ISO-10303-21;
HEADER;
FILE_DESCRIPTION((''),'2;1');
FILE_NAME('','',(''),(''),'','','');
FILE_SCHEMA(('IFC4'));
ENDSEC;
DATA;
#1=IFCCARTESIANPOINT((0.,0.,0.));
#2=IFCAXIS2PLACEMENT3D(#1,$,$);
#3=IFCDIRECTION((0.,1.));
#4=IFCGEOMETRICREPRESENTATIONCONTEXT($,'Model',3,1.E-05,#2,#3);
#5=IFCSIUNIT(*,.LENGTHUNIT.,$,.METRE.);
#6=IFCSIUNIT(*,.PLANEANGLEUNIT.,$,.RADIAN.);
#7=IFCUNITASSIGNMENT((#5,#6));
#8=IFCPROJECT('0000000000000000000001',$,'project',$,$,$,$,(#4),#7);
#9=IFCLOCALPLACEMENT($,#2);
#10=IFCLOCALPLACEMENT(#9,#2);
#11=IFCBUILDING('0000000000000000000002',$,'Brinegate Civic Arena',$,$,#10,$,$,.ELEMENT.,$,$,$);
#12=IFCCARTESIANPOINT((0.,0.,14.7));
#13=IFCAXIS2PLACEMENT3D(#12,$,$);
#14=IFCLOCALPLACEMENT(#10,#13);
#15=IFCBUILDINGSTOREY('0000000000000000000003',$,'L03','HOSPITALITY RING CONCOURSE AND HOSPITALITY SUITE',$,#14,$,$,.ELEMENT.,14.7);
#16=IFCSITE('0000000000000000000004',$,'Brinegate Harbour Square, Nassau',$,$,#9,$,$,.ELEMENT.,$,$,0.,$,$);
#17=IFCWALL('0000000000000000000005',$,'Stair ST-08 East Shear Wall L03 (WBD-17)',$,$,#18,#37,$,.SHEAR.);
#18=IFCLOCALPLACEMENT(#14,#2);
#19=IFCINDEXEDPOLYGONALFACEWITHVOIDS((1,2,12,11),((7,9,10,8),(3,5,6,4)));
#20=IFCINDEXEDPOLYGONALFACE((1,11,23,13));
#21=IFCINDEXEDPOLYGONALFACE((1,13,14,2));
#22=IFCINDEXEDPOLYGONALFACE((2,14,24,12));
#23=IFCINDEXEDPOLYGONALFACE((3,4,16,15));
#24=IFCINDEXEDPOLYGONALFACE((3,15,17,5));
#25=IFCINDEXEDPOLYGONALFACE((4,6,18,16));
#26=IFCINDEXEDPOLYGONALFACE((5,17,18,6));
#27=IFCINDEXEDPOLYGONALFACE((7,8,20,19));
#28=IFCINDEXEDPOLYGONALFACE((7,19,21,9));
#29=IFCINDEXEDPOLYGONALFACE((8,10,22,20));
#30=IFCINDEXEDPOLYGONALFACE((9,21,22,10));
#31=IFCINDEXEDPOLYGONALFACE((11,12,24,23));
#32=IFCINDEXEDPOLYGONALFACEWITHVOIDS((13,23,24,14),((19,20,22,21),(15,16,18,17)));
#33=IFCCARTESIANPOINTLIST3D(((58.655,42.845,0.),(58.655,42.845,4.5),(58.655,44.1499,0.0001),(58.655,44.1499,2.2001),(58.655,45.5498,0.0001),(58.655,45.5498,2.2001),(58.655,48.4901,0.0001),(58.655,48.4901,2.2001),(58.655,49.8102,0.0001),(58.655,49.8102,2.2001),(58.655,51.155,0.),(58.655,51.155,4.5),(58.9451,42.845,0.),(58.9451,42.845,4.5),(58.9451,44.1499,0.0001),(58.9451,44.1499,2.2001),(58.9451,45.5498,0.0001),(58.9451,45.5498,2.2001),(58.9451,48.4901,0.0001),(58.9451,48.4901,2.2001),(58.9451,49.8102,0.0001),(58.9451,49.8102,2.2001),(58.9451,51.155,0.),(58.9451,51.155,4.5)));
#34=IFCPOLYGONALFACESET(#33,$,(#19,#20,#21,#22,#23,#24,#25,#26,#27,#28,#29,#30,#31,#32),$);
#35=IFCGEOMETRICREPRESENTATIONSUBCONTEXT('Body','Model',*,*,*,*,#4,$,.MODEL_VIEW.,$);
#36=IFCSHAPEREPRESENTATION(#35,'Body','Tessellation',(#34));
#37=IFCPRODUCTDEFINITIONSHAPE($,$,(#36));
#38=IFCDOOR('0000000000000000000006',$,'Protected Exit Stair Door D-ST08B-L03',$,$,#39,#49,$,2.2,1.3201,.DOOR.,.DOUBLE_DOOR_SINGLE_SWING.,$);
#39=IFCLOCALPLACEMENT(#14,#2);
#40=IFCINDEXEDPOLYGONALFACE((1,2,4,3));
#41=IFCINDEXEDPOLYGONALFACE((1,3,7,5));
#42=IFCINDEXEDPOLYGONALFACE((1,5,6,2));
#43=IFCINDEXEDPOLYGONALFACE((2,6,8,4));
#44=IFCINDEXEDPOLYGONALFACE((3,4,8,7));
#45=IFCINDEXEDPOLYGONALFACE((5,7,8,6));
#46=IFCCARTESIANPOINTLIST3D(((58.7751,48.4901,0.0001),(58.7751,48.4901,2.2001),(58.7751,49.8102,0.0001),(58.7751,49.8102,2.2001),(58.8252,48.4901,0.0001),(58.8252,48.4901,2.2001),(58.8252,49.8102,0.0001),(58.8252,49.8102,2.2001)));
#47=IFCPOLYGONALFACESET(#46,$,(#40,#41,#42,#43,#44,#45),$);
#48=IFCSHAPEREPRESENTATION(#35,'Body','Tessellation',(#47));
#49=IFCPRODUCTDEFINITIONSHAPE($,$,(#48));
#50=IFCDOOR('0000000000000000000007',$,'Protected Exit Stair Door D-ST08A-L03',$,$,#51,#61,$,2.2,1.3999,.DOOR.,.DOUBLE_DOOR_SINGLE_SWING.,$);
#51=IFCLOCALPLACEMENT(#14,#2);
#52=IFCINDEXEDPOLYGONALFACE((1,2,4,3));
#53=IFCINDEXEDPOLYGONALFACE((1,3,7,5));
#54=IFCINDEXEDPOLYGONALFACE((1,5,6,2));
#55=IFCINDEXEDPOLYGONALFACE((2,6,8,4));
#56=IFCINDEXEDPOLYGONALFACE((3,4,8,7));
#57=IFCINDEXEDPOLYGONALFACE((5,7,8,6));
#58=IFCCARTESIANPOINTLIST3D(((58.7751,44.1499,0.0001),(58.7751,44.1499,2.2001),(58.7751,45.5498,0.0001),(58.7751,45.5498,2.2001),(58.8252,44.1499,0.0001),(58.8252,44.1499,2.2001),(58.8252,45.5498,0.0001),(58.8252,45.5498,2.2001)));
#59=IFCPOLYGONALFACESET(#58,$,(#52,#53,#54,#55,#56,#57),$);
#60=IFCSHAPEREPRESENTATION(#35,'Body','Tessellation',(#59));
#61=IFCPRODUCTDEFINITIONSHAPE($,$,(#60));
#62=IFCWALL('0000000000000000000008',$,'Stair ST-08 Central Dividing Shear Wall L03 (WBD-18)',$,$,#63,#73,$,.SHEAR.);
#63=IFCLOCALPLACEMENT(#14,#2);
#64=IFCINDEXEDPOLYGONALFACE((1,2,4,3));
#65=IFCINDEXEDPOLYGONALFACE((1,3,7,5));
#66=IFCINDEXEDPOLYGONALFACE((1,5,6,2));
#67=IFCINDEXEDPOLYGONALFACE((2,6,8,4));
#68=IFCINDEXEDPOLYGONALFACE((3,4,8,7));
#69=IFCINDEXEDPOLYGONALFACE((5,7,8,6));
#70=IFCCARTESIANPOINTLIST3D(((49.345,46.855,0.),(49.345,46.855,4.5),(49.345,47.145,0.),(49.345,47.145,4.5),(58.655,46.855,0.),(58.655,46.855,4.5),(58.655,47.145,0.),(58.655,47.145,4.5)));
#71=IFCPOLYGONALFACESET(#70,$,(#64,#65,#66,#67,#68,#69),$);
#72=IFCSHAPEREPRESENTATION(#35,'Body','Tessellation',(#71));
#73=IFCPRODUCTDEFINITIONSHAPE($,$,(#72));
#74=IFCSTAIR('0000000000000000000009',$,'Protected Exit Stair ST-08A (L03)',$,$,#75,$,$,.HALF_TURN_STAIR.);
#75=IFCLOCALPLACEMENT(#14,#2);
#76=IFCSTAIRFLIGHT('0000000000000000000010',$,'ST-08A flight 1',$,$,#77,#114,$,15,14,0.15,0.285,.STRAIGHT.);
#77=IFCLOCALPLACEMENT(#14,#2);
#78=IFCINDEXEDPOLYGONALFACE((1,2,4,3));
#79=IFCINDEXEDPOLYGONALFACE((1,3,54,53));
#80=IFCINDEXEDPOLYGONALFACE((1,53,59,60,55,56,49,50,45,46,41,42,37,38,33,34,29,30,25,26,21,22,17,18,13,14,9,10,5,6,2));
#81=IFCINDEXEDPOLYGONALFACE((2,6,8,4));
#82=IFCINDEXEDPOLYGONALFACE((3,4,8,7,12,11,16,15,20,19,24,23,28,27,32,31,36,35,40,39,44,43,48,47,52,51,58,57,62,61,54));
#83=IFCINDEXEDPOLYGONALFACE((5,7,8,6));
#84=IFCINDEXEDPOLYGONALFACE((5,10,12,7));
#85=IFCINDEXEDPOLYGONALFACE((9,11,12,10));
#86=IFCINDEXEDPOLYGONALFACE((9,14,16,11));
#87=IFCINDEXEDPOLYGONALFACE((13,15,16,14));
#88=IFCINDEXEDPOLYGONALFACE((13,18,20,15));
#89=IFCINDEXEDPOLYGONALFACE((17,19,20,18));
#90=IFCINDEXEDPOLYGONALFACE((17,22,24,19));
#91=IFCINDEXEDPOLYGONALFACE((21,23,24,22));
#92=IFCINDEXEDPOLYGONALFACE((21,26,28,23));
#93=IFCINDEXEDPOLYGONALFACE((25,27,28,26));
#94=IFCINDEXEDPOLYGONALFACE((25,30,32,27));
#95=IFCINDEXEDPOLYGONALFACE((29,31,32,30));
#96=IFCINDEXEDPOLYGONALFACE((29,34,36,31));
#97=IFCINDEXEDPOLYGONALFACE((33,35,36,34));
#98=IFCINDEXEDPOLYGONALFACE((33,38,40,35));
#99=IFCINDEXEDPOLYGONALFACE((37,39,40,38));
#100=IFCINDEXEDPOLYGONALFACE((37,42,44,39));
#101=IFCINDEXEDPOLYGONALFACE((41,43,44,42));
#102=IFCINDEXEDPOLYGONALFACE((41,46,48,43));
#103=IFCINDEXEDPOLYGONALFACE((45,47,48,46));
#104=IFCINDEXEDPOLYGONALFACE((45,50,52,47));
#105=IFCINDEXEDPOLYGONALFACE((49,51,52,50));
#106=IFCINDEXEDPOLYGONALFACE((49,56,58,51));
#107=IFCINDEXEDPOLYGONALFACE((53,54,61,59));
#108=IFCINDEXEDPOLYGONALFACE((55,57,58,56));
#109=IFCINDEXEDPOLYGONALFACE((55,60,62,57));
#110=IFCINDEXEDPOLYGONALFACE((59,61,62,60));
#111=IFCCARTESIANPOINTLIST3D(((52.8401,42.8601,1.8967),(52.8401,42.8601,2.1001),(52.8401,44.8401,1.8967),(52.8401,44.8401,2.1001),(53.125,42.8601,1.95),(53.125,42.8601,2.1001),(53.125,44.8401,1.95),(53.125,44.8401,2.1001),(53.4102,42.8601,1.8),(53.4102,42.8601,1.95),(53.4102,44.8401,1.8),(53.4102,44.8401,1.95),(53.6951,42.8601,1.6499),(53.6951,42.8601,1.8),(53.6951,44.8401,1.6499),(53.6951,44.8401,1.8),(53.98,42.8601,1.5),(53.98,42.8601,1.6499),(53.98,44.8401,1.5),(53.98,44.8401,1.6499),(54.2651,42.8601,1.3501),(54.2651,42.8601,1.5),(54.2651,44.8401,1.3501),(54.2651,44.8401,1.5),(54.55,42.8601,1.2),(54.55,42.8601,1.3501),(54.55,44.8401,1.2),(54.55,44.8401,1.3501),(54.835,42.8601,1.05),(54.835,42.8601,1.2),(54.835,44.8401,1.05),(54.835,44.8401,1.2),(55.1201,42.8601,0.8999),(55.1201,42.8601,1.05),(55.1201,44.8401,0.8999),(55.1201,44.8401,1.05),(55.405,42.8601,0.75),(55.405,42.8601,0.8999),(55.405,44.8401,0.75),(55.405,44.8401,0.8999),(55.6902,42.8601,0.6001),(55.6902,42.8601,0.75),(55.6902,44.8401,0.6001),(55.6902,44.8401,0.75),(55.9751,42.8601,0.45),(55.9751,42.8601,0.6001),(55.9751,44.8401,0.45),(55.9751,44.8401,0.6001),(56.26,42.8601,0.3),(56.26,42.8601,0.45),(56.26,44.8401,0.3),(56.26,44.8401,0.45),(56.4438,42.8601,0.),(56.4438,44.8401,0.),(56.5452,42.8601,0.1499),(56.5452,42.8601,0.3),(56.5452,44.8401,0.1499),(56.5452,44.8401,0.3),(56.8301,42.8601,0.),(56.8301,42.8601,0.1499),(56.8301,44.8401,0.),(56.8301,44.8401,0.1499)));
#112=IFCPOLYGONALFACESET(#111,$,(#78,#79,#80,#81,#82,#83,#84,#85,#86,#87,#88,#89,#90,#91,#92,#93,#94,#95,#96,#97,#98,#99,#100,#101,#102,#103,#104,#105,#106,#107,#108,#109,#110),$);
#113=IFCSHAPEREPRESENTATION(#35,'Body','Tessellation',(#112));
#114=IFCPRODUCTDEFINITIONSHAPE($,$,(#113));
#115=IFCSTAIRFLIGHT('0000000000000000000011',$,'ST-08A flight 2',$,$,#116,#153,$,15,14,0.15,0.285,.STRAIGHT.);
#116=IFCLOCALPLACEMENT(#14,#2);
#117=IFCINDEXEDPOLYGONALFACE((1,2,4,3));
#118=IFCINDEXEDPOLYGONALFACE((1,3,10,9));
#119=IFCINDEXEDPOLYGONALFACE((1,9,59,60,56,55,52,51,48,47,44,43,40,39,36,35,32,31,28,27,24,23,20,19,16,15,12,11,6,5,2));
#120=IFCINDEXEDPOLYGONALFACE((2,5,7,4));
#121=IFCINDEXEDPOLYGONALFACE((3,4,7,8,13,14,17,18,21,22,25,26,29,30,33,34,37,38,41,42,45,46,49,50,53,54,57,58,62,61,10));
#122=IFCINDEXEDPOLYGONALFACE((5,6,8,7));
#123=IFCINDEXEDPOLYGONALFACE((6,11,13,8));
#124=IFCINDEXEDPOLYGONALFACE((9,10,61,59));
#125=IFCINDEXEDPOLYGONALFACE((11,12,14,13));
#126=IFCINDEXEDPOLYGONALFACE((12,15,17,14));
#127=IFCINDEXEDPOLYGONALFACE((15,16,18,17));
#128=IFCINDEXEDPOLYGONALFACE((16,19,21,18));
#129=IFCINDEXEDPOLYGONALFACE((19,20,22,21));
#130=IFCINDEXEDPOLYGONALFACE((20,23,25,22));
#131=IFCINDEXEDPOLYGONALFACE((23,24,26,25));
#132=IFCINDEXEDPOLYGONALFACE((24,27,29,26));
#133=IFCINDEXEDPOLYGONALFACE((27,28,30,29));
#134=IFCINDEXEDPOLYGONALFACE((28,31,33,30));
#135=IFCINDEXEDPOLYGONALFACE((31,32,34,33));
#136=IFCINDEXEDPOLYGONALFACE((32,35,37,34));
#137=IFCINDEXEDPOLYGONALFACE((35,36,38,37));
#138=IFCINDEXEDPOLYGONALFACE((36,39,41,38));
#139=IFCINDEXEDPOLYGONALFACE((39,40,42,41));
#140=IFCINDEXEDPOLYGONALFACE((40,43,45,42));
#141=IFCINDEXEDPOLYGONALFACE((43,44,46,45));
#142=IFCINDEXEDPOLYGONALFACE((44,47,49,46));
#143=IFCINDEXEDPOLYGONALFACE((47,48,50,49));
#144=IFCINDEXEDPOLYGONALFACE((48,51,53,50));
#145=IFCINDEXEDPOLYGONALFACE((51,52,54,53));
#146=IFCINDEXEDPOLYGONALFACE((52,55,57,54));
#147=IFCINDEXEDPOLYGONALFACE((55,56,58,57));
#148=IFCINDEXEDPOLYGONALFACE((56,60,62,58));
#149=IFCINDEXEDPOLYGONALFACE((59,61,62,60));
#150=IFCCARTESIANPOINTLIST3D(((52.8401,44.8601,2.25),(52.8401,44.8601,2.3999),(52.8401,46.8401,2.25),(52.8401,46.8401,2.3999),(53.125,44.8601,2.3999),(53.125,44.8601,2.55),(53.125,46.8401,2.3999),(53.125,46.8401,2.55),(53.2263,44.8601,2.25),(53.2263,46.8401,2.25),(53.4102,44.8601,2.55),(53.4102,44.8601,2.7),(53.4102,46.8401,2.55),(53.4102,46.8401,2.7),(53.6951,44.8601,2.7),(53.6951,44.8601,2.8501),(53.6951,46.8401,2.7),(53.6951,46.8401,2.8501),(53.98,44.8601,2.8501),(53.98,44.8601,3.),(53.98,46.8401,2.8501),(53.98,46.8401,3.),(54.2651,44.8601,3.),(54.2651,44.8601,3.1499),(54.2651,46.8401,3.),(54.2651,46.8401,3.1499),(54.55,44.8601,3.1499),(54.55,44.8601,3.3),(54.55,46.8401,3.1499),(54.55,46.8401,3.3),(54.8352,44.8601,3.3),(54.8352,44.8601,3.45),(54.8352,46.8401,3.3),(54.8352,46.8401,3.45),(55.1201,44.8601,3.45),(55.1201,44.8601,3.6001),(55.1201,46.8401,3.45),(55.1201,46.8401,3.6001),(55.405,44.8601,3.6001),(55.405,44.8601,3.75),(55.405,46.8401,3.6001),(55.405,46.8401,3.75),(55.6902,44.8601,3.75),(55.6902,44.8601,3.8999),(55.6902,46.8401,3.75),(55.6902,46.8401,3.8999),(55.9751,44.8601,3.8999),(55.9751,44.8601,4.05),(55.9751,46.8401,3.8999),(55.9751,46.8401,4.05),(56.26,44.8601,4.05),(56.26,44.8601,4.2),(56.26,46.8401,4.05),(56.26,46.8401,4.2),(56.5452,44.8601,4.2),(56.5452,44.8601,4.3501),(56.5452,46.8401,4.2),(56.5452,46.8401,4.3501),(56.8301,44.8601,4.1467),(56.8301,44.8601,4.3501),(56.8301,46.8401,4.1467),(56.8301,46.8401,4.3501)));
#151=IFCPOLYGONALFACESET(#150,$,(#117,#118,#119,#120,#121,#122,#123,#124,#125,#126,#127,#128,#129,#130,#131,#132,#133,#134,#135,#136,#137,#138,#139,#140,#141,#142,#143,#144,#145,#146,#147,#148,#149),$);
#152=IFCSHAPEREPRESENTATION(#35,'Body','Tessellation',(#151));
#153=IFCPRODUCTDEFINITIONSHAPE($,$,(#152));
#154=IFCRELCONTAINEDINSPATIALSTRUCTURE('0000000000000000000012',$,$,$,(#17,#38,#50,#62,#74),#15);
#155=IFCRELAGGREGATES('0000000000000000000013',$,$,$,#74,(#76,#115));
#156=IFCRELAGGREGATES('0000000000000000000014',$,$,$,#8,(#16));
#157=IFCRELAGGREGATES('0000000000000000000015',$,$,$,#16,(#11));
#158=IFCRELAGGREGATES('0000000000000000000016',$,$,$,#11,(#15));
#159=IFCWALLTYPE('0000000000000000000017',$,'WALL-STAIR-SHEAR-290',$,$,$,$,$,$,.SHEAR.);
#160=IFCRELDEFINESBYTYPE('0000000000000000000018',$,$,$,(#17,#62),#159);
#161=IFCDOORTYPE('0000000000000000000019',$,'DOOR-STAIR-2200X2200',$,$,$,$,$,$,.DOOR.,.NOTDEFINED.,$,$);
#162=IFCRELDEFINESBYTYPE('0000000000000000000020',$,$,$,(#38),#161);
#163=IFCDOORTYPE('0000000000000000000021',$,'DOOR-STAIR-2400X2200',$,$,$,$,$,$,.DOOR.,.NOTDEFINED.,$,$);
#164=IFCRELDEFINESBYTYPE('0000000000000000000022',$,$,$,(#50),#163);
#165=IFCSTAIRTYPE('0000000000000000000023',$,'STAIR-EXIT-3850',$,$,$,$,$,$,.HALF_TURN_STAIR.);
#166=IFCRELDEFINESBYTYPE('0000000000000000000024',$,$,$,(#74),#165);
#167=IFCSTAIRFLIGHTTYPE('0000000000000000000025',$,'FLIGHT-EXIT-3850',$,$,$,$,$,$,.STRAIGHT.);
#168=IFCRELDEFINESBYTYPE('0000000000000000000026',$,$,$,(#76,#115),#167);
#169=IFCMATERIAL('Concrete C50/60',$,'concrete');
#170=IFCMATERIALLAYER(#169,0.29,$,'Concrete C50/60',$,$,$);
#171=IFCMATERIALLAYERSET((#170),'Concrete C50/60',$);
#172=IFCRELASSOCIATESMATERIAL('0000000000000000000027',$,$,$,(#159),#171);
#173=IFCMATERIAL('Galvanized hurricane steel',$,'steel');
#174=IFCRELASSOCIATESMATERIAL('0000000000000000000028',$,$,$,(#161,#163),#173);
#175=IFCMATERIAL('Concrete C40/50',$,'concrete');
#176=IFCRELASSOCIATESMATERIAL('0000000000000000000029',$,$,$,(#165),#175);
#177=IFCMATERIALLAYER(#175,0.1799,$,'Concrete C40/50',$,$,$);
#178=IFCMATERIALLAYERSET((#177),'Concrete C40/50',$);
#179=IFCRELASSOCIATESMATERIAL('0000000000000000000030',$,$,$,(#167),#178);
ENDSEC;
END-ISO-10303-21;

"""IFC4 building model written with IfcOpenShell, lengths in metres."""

from ifc_helpers import new_model, si_unit, direction, frame, frame_2d, origin, place, context, subcontext, project, spatial, polyline, rectangle, outline, extrude, material, layer, layer_set, type_object, element, fill, aggregate, save


model = new_model("IFC4")

# Units and contexts
model_context = context("Model", 3, precision=1e-05, world=origin(), true_north=direction((0.0, 1.0)))
body_context = subcontext(model_context, "Body", "Model", "MODEL_VIEW")
ifc_project = project(units=[si_unit("LENGTHUNIT", "METRE"), si_unit("PLANEANGLEUNIT", "RADIAN")], contexts=[model_context])

# Site, building, storey
site_placement = place(None, origin())
site = spatial("IfcSite", under=ifc_project, at=site_placement, Name="Brinegate Harbour Square, Nassau", CompositionType="ELEMENT", RefElevation=0.0)
building_placement = place(site_placement, origin())
building = spatial("IfcBuilding", under=site, at=building_placement, Name="Brinegate Civic Arena", CompositionType="ELEMENT")
storey_placement = place(building_placement, frame((0.0, 0.0, 14.7)))
storey = spatial("IfcBuildingStorey", under=building, at=storey_placement, Name="L03", Description="HOSPITALITY RING CONCOURSE AND HOSPITALITY SUITE", CompositionType="ELEMENT", Elevation=14.7)

# Shared definitions
ifc_material_1 = material(Name="Concrete C50/60", Category="concrete")
ifc_layer_1 = layer(ifc_material_1, 0.29, Name="Concrete C50/60")
ifc_layer_set_1 = layer_set([ifc_layer_1], Name="Concrete C50/60")
wall_type = type_object("IfcWallType", Name="WALL-STAIR-SHEAR-290", PredefinedType="SHEAR", material=ifc_layer_set_1)

# Wall, openings, doors
wall_1_placement = place(storey_placement, frame((58.8, 42.845, 0.0), z_axis=(0.0, 0.0, 1.0), x_axis=(0.0, 1.0, 0.0)))
wall_1 = element("IfcWall", 1, at=wall_1_placement, inside=storey, type_object=wall_type, Name="Stair ST-08 East Shear Wall L03 (WBD-17)", PredefinedType="SHEAR", context=body_context, shape_type="SweptSolid", body=[
    extrude(rectangle(XDim=8.3101, YDim=0.29, at=frame_2d((4.155, 0.0))), origin(), (0.0, 0.0, 1.0), 4.5),
])
opening_1_placement = place(wall_1_placement, frame((1.3049, 0.0, 0.0)))
opening_1 = element("IfcOpeningElement", 2, at=opening_1_placement, cuts=wall_1, PredefinedType="OPENING", context=body_context, shape_type="SweptSolid", body=[
    extrude(rectangle(XDim=1.3999, YDim=2.2, at=frame_2d((0.7, 1.1001))), frame((0.0, 0.155, 0.0), z_axis=(0.0, -1.0, 0.0), x_axis=(1.0, 0.0, 0.0)), (0.0, 0.0, 1.0), 0.3101),
])
opening_2_placement = place(wall_1_placement, frame((5.645, 0.0, 0.0)))
opening_2 = element("IfcOpeningElement", 3, at=opening_2_placement, cuts=wall_1, PredefinedType="OPENING", context=body_context, shape_type="SweptSolid", body=[
    extrude(rectangle(XDim=1.3201, YDim=2.2, at=frame_2d((0.6602, 1.1001))), frame((0.0, 0.155, 0.0), z_axis=(0.0, -1.0, 0.0), x_axis=(1.0, 0.0, 0.0)), (0.0, 0.0, 1.0), 0.3101),
])
ifc_material_2 = material(Name="Galvanized hurricane steel", Category="steel")
door_type_1 = type_object("IfcDoorType", Name="DOOR-STAIR-2200X2200", OperationType="NOTDEFINED", PredefinedType="DOOR", material=ifc_material_2)
door_1_placement = place(opening_2_placement, origin())
door_1 = element("IfcDoor", 4, at=door_1_placement, inside=storey, type_object=door_type_1, Name="Protected Exit Stair Door D-ST08B-L03", OperationType="DOUBLE_DOOR_SINGLE_SWING", OverallHeight=2.2, OverallWidth=1.3201, PredefinedType="DOOR", context=body_context, shape_type="SweptSolid", body=[
    extrude(rectangle(XDim=1.3201, YDim=2.2, at=frame_2d((0.6602, 1.1001))), frame((0.0, 0.0249, 0.0), z_axis=(0.0, -1.0, 0.0), x_axis=(1.0, 0.0, 0.0)), (0.0, 0.0, 1.0), 0.05),
])
fill(opening_2, door_1)
door_type_2 = type_object("IfcDoorType", Name="DOOR-STAIR-2400X2200", OperationType="NOTDEFINED", PredefinedType="DOOR", material=ifc_material_2)
door_2_placement = place(opening_1_placement, origin())
door_2 = element("IfcDoor", 5, at=door_2_placement, inside=storey, type_object=door_type_2, Name="Protected Exit Stair Door D-ST08A-L03", OperationType="DOUBLE_DOOR_SINGLE_SWING", OverallHeight=2.2, OverallWidth=1.3999, PredefinedType="DOOR", context=body_context, shape_type="SweptSolid", body=[
    extrude(rectangle(XDim=1.3999, YDim=2.2, at=frame_2d((0.7, 1.1001))), frame((0.0, 0.0249, 0.0), z_axis=(0.0, -1.0, 0.0), x_axis=(1.0, 0.0, 0.0)), (0.0, 0.0, 1.0), 0.05),
])
fill(opening_1, door_2)

# Wall
wall_2_placement = place(storey_placement, frame((49.345, 47.0, 0.0), z_axis=(0.0, 0.0, 1.0), x_axis=(1.0, 0.0, 0.0)))
element("IfcWall", 6, at=wall_2_placement, inside=storey, type_object=wall_type, Name="Stair ST-08 Central Dividing Shear Wall L03 (WBD-18)", PredefinedType="SHEAR", context=body_context, shape_type="SweptSolid", body=[
    extrude(rectangle(XDim=9.3101, YDim=0.29, at=frame_2d((4.655, 0.0))), origin(), (0.0, 0.0, 1.0), 4.5),
])

# Stair, stair flights
ifc_material_3 = material(Name="Concrete C40/50", Category="concrete")
stair_type = type_object("IfcStairType", Name="STAIR-EXIT-3850", PredefinedType="HALF_TURN_STAIR", material=ifc_material_3)
stair_placement = place(storey_placement, origin())
stair = element("IfcStair", 7, at=stair_placement, inside=storey, type_object=stair_type, Name="Protected Exit Stair ST-08A (L03)", PredefinedType="HALF_TURN_STAIR")
ifc_layer_2 = layer(ifc_material_3, 0.1799, Name="Concrete C40/50")
ifc_layer_set_2 = layer_set([ifc_layer_2], Name="Concrete C40/50")
stair_flight_type = type_object("IfcStairFlightType", Name="FLIGHT-EXIT-3850", PredefinedType="STRAIGHT", material=ifc_layer_set_2)
stair_flight_1_placement = place(storey_placement, frame((56.8301, 43.8501, 0.0), z_axis=(0.0, 0.0, 1.0), x_axis=(-1.0, 0.0, 0.0)))
stair_flight_1 = element("IfcStairFlight", 8, at=stair_flight_1_placement, type_object=stair_flight_type, Name="ST-08A flight 1", NumberOfRisers=15, NumberOfTreads=14, PredefinedType="STRAIGHT", RiserHeight=0.15, TreadLength=0.285, context=body_context, shape_type="SweptSolid", body=[
    extrude(outline(polyline([(0.0, 0.0), (0.0, 0.1499), (0.2849, 0.1499), (0.2849, 0.3), (0.5701, 0.3), (0.5701, 0.45), (0.855, 0.45), (0.855, 0.6001), (1.1399, 0.6001), (1.1399, 0.75), (1.425, 0.75), (1.425, 0.8999), (1.71, 0.8999), (1.71, 1.05), (1.9951, 1.05), (1.9951, 1.2), (2.28, 1.2), (2.28, 1.3501), (2.5649, 1.3501), (2.5649, 1.5), (2.8501, 1.5), (2.8501, 1.6499), (3.135, 1.6499), (3.135, 1.8), (3.4199, 1.8), (3.4199, 1.95), (3.7051, 1.95), (3.7051, 2.1001), (3.99, 2.1001), (3.99, 2.25), (3.99, 1.8967), (0.3862, 0.0), (0.0, 0.0)])), frame((0.0, 0.99, 0.0), z_axis=(0.0, -1.0, 0.0), x_axis=(1.0, 0.0, 0.0)), (0.0, 0.0, 1.0), 1.98),
])
stair_flight_2_placement = place(storey_placement, frame((52.8401, 45.8501, 2.25), z_axis=(0.0, 0.0, 1.0), x_axis=(1.0, 0.0, 0.0)))
stair_flight_2 = element("IfcStairFlight", 9, at=stair_flight_2_placement, type_object=stair_flight_type, Name="ST-08A flight 2", NumberOfRisers=15, NumberOfTreads=14, PredefinedType="STRAIGHT", RiserHeight=0.15, TreadLength=0.285, context=body_context, shape_type="SweptSolid", body=[
    extrude(outline(polyline([(0.0, 0.0), (0.0, 0.1499), (0.2849, 0.1499), (0.2849, 0.3), (0.5701, 0.3), (0.5701, 0.45), (0.855, 0.45), (0.855, 0.6001), (1.1399, 0.6001), (1.1399, 0.75), (1.425, 0.75), (1.425, 0.8999), (1.71, 0.8999), (1.71, 1.05), (1.9951, 1.05), (1.9951, 1.2), (2.28, 1.2), (2.28, 1.3501), (2.5649, 1.3501), (2.5649, 1.5), (2.8501, 1.5), (2.8501, 1.6499), (3.135, 1.6499), (3.135, 1.8), (3.4199, 1.8), (3.4199, 1.95), (3.7051, 1.95), (3.7051, 2.1001), (3.99, 2.1001), (3.99, 2.25), (3.99, 1.8967), (0.3862, 0.0), (0.0, 0.0)])), frame((0.0, 0.99, 0.0), z_axis=(0.0, -1.0, 0.0), x_axis=(1.0, 0.0, 0.0)), (0.0, 0.0, 1.0), 1.98),
])
aggregate(stair, [stair_flight_1, stair_flight_2])

save(model, "model.ifc")
